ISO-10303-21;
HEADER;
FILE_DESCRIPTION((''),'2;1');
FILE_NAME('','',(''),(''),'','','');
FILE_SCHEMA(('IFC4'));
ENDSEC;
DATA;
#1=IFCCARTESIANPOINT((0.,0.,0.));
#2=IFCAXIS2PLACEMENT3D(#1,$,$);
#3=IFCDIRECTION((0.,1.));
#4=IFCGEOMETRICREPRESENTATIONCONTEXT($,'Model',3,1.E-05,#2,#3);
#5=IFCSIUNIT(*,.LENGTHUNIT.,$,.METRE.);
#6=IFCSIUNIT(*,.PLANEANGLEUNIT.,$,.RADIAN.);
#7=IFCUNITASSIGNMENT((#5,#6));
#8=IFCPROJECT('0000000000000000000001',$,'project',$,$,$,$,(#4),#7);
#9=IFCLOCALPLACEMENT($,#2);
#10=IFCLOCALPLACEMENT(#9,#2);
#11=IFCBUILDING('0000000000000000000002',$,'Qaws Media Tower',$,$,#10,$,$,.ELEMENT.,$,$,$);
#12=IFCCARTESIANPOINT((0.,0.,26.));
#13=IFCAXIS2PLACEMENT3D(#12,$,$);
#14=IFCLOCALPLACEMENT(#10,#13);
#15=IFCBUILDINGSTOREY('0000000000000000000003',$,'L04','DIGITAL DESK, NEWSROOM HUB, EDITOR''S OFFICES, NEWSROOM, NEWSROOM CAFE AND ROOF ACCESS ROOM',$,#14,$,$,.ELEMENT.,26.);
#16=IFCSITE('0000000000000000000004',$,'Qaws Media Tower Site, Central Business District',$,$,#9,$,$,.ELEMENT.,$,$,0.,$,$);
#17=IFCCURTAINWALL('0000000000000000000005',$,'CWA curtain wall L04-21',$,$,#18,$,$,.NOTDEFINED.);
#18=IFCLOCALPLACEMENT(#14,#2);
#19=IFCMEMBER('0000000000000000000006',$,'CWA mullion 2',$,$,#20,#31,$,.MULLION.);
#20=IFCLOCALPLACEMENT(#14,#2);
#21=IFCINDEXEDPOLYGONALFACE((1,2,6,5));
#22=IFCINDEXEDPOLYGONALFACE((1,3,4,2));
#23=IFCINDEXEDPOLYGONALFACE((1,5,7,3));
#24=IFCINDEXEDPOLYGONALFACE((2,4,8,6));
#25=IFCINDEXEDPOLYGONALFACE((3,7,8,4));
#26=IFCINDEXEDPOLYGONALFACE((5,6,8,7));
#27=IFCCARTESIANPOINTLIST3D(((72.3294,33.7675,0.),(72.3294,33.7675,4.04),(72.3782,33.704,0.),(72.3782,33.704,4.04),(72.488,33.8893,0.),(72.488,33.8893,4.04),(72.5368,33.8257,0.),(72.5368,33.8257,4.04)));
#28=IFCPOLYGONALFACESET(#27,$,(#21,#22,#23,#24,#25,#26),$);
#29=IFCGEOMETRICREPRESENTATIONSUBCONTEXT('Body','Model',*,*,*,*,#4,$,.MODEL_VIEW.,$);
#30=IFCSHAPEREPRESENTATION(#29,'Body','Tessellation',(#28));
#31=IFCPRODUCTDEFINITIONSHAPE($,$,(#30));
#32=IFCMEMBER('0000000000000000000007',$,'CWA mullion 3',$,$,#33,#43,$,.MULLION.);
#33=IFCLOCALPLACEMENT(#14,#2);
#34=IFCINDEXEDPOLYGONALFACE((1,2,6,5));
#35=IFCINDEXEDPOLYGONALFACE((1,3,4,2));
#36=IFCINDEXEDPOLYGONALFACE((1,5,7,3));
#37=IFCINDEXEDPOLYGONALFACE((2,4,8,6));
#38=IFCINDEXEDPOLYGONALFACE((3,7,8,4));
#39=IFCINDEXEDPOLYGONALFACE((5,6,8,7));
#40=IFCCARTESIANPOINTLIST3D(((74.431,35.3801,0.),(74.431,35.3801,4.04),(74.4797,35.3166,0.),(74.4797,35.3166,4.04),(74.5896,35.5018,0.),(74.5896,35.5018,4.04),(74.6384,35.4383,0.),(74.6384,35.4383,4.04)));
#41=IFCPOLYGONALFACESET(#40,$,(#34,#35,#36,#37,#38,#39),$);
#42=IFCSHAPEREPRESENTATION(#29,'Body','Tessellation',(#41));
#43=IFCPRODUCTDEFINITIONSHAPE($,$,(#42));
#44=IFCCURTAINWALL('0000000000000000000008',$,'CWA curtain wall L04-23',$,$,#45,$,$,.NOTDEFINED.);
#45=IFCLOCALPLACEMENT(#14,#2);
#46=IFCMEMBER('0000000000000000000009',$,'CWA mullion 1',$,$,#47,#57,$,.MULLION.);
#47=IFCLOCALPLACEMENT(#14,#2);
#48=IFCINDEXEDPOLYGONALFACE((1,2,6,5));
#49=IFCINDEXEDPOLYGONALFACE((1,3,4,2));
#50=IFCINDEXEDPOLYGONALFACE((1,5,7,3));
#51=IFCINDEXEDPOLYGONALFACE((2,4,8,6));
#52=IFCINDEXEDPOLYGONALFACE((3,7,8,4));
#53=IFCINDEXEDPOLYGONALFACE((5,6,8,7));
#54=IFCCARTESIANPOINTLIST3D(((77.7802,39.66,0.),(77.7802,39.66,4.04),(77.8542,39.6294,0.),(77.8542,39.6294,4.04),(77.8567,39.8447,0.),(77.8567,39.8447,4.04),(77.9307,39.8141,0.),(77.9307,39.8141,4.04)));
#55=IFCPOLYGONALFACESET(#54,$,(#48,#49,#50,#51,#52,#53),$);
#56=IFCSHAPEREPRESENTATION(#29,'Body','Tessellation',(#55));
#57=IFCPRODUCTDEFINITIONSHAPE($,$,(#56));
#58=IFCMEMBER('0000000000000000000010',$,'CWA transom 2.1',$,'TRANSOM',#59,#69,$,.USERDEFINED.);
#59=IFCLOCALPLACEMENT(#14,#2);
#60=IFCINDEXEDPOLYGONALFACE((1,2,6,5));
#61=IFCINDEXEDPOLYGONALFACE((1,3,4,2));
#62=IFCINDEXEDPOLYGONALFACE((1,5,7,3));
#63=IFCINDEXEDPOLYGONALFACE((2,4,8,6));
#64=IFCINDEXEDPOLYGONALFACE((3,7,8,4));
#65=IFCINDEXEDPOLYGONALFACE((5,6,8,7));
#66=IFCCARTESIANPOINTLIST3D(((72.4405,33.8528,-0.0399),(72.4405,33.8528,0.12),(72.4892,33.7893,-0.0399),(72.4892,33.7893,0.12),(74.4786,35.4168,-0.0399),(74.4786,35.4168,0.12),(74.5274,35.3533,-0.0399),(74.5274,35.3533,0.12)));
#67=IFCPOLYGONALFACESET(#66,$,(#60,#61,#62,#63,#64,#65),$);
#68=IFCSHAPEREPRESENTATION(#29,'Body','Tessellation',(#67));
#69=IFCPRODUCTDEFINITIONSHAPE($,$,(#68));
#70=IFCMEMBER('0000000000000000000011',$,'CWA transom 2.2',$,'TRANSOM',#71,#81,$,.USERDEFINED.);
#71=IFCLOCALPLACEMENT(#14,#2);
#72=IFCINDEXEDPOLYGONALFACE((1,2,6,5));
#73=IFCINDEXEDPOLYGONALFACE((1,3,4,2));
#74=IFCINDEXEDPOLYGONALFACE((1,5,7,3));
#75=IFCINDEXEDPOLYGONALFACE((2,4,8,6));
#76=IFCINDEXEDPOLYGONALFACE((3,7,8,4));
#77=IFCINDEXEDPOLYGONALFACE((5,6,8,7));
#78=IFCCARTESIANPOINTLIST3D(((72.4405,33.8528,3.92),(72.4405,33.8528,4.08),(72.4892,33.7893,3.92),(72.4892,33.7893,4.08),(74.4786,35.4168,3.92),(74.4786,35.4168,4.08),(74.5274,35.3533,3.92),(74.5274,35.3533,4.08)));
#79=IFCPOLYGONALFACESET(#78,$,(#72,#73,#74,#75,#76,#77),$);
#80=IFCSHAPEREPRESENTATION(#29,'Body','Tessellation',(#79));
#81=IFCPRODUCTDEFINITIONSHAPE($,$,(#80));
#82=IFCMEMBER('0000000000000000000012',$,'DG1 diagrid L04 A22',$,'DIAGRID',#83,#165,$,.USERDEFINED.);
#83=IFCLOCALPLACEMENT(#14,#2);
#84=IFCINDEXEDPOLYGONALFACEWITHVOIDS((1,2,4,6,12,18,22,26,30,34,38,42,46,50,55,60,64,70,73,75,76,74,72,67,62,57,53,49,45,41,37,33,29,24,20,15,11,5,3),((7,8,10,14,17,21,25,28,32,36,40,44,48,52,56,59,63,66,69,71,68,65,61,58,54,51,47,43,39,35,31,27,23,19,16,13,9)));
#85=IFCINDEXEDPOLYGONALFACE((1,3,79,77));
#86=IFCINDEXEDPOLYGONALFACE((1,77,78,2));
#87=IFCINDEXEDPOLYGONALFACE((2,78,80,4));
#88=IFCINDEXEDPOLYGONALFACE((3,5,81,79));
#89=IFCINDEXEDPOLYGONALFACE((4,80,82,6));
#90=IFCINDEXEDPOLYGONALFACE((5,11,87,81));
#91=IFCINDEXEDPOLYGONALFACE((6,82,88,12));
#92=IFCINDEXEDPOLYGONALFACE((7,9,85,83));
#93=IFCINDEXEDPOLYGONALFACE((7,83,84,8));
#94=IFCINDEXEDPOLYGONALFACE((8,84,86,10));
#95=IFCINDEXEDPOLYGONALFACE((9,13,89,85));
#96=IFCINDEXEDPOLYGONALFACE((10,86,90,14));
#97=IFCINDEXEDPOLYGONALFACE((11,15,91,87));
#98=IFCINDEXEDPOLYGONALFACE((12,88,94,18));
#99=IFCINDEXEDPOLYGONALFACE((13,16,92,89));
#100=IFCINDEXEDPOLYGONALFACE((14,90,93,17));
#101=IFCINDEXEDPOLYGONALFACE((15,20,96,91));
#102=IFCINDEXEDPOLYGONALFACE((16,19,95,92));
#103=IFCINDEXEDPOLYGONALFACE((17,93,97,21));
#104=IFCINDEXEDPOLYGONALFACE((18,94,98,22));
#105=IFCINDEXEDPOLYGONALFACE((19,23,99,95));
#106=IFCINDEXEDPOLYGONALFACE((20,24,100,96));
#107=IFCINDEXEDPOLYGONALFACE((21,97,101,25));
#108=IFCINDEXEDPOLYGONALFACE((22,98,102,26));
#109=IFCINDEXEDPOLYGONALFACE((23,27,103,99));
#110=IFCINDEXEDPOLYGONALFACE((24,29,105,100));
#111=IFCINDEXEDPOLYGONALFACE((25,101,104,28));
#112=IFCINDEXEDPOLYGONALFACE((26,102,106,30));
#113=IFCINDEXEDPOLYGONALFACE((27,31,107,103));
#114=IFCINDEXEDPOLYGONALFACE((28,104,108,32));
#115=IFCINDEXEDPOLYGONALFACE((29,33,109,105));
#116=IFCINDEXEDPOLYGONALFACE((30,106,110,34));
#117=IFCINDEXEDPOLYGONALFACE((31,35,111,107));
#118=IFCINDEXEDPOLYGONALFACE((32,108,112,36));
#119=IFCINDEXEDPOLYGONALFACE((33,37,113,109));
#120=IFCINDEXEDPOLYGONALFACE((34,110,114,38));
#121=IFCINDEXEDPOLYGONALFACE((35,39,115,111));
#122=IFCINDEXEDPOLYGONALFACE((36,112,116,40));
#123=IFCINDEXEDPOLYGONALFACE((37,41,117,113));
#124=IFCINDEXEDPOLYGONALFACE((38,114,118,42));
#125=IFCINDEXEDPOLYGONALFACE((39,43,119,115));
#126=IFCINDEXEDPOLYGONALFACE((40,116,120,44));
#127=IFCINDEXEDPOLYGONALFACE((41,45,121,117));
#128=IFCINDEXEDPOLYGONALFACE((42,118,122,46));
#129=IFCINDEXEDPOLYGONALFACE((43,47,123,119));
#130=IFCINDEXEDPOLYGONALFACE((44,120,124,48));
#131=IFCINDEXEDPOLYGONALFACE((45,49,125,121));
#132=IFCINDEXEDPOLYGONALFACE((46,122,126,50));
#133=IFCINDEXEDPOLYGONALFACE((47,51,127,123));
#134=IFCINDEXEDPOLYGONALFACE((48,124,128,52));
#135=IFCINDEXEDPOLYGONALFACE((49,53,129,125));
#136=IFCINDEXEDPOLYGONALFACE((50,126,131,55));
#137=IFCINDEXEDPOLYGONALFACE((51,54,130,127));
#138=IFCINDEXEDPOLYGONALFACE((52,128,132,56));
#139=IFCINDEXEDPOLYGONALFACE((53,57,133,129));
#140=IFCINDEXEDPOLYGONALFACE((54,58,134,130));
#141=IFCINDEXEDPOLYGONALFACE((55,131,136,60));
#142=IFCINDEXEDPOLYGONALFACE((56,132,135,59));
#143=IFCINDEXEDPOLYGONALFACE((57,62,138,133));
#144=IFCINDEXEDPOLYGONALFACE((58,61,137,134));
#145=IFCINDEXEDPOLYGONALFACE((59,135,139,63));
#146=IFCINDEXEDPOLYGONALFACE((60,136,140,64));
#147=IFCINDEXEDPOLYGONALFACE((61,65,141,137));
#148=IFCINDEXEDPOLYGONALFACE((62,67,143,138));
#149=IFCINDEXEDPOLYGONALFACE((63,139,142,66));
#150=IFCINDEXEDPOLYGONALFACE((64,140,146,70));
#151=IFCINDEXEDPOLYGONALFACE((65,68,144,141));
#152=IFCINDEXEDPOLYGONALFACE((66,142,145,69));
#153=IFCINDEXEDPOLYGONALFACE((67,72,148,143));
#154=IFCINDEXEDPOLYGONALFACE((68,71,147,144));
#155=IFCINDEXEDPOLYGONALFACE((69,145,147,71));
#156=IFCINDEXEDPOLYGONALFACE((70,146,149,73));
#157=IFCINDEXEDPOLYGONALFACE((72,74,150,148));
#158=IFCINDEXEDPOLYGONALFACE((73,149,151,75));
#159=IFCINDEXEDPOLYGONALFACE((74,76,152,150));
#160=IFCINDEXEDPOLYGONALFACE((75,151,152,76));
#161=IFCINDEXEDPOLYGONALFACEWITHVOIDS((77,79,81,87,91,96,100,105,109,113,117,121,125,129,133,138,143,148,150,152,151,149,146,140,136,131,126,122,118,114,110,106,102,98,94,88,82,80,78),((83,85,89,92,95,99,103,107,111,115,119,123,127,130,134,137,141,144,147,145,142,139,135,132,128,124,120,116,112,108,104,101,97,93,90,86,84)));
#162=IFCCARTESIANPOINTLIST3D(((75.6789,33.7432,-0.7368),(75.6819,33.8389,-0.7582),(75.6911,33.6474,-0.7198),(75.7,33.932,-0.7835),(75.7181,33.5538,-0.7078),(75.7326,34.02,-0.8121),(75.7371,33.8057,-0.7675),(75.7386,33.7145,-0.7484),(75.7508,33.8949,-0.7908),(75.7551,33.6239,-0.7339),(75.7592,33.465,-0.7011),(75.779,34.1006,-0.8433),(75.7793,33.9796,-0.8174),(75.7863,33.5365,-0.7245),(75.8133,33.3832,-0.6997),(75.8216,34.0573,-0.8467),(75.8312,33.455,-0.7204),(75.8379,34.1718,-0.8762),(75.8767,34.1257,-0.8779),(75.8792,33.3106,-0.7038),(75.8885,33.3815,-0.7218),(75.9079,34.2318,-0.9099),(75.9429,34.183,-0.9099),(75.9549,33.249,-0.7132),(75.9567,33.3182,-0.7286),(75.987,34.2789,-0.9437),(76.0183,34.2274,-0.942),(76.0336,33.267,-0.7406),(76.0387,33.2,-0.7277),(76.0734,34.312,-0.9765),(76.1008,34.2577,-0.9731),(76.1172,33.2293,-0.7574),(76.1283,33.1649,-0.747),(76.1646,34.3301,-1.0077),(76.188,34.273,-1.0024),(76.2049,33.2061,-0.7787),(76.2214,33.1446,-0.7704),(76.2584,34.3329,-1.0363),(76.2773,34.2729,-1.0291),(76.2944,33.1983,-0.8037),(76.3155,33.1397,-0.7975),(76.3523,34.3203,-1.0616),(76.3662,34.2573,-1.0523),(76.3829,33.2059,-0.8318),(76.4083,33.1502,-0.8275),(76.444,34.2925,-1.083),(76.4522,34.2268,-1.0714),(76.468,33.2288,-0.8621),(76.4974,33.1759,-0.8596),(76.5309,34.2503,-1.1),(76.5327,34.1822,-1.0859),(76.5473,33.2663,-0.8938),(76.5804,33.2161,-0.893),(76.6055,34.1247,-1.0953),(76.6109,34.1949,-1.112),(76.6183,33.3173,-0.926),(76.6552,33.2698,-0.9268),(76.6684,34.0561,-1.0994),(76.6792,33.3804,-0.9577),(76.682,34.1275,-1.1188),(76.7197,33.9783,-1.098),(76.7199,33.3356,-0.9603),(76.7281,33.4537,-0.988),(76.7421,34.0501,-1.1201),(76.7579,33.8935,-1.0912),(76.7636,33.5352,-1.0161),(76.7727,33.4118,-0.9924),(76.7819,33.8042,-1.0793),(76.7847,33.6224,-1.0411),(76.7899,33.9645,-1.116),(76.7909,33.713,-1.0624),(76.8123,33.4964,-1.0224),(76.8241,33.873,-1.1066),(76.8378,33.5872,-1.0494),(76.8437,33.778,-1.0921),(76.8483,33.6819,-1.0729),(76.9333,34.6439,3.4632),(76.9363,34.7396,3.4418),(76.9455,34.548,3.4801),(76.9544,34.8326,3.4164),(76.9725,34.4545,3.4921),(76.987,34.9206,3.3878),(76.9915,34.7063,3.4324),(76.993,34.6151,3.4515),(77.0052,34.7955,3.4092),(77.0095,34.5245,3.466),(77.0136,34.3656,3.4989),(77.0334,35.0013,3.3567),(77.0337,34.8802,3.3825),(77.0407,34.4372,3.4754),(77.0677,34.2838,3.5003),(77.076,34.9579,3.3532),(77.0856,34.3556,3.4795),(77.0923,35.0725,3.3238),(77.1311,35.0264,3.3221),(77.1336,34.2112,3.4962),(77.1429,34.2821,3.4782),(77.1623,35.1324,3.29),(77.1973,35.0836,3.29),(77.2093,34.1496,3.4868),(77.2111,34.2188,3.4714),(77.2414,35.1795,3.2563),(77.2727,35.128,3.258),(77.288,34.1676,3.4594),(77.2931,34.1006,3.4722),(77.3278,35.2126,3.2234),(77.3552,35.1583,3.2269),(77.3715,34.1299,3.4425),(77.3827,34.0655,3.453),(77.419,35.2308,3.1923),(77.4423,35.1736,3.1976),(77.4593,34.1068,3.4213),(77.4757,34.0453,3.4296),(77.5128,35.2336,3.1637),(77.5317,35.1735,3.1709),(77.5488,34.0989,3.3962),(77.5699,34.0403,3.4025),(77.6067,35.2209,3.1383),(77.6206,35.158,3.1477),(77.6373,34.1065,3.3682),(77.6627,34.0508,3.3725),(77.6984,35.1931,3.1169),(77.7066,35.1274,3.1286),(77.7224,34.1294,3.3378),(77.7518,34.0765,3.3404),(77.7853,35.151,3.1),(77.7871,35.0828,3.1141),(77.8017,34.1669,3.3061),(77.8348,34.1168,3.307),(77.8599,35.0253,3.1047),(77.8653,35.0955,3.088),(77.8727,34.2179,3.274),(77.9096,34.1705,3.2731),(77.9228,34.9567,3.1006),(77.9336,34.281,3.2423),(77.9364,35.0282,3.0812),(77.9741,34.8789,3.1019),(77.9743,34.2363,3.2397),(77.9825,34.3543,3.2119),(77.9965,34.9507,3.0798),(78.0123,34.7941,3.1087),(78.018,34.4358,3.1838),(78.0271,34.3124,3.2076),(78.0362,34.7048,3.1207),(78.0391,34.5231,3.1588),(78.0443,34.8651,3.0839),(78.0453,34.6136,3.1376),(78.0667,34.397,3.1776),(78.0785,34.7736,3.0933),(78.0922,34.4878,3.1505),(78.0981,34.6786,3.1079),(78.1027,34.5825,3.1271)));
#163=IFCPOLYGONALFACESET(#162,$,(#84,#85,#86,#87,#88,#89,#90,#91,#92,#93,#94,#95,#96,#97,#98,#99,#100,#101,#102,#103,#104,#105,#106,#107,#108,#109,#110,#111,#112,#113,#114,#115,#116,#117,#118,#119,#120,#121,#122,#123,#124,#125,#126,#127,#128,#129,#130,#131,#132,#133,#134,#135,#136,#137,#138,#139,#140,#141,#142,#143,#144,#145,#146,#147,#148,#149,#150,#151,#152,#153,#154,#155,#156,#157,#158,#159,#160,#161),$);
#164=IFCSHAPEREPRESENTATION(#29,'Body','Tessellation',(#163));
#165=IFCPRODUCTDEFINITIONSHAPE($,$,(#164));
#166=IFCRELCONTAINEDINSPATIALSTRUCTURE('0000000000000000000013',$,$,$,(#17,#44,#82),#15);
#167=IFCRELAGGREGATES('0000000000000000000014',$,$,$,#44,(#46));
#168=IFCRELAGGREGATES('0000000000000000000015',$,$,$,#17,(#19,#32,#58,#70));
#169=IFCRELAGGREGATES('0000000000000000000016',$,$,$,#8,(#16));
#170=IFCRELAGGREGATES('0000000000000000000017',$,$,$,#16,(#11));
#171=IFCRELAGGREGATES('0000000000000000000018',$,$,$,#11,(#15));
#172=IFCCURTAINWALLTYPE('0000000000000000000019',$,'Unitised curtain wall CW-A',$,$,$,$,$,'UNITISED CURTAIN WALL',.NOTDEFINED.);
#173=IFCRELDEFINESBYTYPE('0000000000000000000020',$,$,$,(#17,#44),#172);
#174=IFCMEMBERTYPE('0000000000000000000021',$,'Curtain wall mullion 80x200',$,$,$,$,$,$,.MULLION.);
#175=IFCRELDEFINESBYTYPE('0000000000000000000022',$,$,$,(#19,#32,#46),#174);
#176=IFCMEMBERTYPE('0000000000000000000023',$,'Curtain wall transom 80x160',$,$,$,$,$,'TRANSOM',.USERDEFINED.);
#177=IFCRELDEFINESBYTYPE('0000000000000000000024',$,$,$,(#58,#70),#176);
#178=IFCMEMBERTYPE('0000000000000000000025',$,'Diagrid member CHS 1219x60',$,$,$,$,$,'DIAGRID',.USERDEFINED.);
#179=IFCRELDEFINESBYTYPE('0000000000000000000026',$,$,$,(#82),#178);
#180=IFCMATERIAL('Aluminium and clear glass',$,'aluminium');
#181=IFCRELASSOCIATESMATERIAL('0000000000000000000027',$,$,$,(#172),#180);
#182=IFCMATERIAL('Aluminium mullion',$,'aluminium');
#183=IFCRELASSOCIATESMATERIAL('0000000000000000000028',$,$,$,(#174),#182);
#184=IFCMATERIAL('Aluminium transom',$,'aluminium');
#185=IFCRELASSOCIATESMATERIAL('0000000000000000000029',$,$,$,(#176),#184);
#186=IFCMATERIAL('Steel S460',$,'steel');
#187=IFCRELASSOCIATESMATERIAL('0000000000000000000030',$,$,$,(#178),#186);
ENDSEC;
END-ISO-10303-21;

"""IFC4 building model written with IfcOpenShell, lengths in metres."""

from ifc_helpers import new_model, si_unit, direction, frame, origin, origin_2d, place, context, subcontext, project, spatial, rectangle, hollow_circle, extrude, material, material_profile, profile_set, type_object, element, aggregate, save


model = new_model("IFC4")

# Units and contexts
model_context = context("Model", 3, precision=1e-05, world=origin(), true_north=direction((0.0, 1.0)))
body_context = subcontext(model_context, "Body", "Model", "MODEL_VIEW")
ifc_project = project(units=[si_unit("LENGTHUNIT", "METRE"), si_unit("PLANEANGLEUNIT", "RADIAN")], contexts=[model_context])

# Site, building, storey
site_placement = place(None, origin())
site = spatial("IfcSite", under=ifc_project, at=site_placement, Name="Qaws Media Tower Site, Central Business District", CompositionType="ELEMENT", RefElevation=0.0)
building_placement = place(site_placement, origin())
building = spatial("IfcBuilding", under=site, at=building_placement, Name="Qaws Media Tower", CompositionType="ELEMENT")
storey_placement = place(building_placement, frame((0.0, 0.0, 26.0)))
storey = spatial("IfcBuildingStorey", under=building, at=storey_placement, Name="L04", Description="DIGITAL DESK, NEWSROOM HUB, EDITOR'S OFFICES, NEWSROOM, NEWSROOM CAFE AND ROOF ACCESS ROOM", CompositionType="ELEMENT", Elevation=26.0)

# Curtain wall, members
ifc_material_1 = material(Name="Aluminium and clear glass", Category="aluminium")
curtain_wall_type = type_object("IfcCurtainWallType", Name="Unitised curtain wall CW-A", ElementType="UNITISED CURTAIN WALL", PredefinedType="NOTDEFINED", material=ifc_material_1)
curtain_wall_1_placement = place(storey_placement, origin())
curtain_wall_1 = element("IfcCurtainWall", 1, at=curtain_wall_1_placement, inside=storey, type_object=curtain_wall_type, Name="CWA curtain wall L04-21", PredefinedType="NOTDEFINED")
ifc_material_2 = material(Name="Aluminium mullion", Category="aluminium")
ifc_material_profile_1 = material_profile(ifc_material_2, rectangle(XDim=0.0801, YDim=0.2, at=origin_2d()), Name="80x200")
ifc_profile_set_1 = profile_set([ifc_material_profile_1], Name="Aluminium mullion")
member_type_1 = type_object("IfcMemberType", Name="Curtain wall mullion 80x200", PredefinedType="MULLION", material=ifc_profile_set_1)
member_1_placement = place(storey_placement, frame((72.4331, 33.7966, 0.0), z_axis=(0.0, 0.0, 1.0), x_axis=(-0.608761, 0.793353, 0.0)))
member_1 = element("IfcMember", 2, at=member_1_placement, type_object=member_type_1, Name="CWA mullion 2", PredefinedType="MULLION", context=body_context, shape_type="SweptSolid", body=[
    extrude(rectangle(XDim=0.0801, YDim=0.2, at=origin_2d()), origin(), (0.0, 0.0, 1.0), 4.04),
])
member_2_placement = place(storey_placement, frame((74.5347, 35.4092, 0.0), z_axis=(0.0, 0.0, 1.0), x_axis=(-0.608761, 0.793353, 0.0)))
member_2 = element("IfcMember", 3, at=member_2_placement, type_object=member_type_1, Name="CWA mullion 3", PredefinedType="MULLION", context=body_context, shape_type="SweptSolid", body=[
    extrude(rectangle(XDim=0.0801, YDim=0.2, at=origin_2d()), origin(), (0.0, 0.0, 1.0), 4.04),
])

# Curtain wall, member
curtain_wall_2_placement = place(storey_placement, origin())
curtain_wall_2 = element("IfcCurtainWall", 4, at=curtain_wall_2_placement, inside=storey, type_object=curtain_wall_type, Name="CWA curtain wall L04-23", PredefinedType="NOTDEFINED")
member_3_placement = place(storey_placement, frame((77.8555, 39.7371, 0.0), z_axis=(0.0, 0.0, 1.0), x_axis=(-0.92388, 0.382683, 0.0)))
member_3 = element("IfcMember", 5, at=member_3_placement, type_object=member_type_1, Name="CWA mullion 1", PredefinedType="MULLION", context=body_context, shape_type="SweptSolid", body=[
    extrude(rectangle(XDim=0.0801, YDim=0.2, at=origin_2d()), origin(), (0.0, 0.0, 1.0), 4.04),
])
aggregate(curtain_wall_2, [member_3])

# Members
ifc_material_3 = material(Name="Aluminium transom", Category="aluminium")
ifc_material_profile_2 = material_profile(ifc_material_3, rectangle(XDim=0.0801, YDim=0.1599, at=origin_2d()), Name="80x160")
ifc_profile_set_2 = profile_set([ifc_material_profile_2], Name="Aluminium transom")
member_type_2 = type_object("IfcMemberType", Name="Curtain wall transom 80x160", ElementType="TRANSOM", PredefinedType="USERDEFINED", material=ifc_profile_set_2)
member_4_placement = place(storey_placement, frame((72.4648, 33.821, 0.04), z_axis=(0.793337, 0.608783, 0.0), x_axis=(-0.608783, 0.793337, 0.0)))
member_4 = element("IfcMember", 6, at=member_4_placement, type_object=member_type_2, Name="CWA transom 2.1", ObjectType="TRANSOM", PredefinedType="USERDEFINED", context=body_context, shape_type="SweptSolid", body=[
    extrude(rectangle(XDim=0.0801, YDim=0.1599, at=origin_2d()), origin(), (0.0, 0.0, 1.0), 2.5691),
])
member_5_placement = place(storey_placement, frame((72.4648, 33.821, 4.0), z_axis=(0.793337, 0.608783, 0.0), x_axis=(-0.608783, 0.793337, 0.0)))
member_5 = element("IfcMember", 7, at=member_5_placement, type_object=member_type_2, Name="CWA transom 2.2", ObjectType="TRANSOM", PredefinedType="USERDEFINED", context=body_context, shape_type="SweptSolid", body=[
    extrude(rectangle(XDim=0.0801, YDim=0.1599, at=origin_2d()), origin(), (0.0, 0.0, 1.0), 2.5691),
])

# Member
ifc_material_4 = material(Name="Steel S460", Category="steel")
ifc_material_profile_3 = material_profile(ifc_material_4, hollow_circle(Radius=0.6096, WallThickness=0.0601, at=origin_2d()), Name="CHS 1219x60")
ifc_profile_set_3 = profile_set([ifc_material_profile_3], Name="Steel S460")
member_type_3 = type_object("IfcMemberType", Name="Diagrid member CHS 1219x60", ElementType="DIAGRID", PredefinedType="USERDEFINED", material=ifc_profile_set_3)
for number, where, z_axis, x_axis, name in (
    (8, (76.2634, 33.7366, -0.9099), (0.280321, 0.201266, 0.938569), (-0.583226, 0.81231, 0.0), "DG1 diagrid L04 A22"),
):
    element("IfcMember", number, at=place(storey_placement, frame(where, z_axis=z_axis, x_axis=x_axis)), inside=storey, type_object=member_type_3, Name=name, ObjectType="DIAGRID", PredefinedType="USERDEFINED", context=body_context, shape_type="SweptSolid", body=[
        extrude(hollow_circle(Radius=0.6096, WallThickness=0.0601, at=origin_2d()), origin(), (0.0, 0.0, 1.0), 4.4749),
    ])

aggregate(curtain_wall_1, [member_1, member_2, member_4, member_5])

save(model, "model.ifc")
